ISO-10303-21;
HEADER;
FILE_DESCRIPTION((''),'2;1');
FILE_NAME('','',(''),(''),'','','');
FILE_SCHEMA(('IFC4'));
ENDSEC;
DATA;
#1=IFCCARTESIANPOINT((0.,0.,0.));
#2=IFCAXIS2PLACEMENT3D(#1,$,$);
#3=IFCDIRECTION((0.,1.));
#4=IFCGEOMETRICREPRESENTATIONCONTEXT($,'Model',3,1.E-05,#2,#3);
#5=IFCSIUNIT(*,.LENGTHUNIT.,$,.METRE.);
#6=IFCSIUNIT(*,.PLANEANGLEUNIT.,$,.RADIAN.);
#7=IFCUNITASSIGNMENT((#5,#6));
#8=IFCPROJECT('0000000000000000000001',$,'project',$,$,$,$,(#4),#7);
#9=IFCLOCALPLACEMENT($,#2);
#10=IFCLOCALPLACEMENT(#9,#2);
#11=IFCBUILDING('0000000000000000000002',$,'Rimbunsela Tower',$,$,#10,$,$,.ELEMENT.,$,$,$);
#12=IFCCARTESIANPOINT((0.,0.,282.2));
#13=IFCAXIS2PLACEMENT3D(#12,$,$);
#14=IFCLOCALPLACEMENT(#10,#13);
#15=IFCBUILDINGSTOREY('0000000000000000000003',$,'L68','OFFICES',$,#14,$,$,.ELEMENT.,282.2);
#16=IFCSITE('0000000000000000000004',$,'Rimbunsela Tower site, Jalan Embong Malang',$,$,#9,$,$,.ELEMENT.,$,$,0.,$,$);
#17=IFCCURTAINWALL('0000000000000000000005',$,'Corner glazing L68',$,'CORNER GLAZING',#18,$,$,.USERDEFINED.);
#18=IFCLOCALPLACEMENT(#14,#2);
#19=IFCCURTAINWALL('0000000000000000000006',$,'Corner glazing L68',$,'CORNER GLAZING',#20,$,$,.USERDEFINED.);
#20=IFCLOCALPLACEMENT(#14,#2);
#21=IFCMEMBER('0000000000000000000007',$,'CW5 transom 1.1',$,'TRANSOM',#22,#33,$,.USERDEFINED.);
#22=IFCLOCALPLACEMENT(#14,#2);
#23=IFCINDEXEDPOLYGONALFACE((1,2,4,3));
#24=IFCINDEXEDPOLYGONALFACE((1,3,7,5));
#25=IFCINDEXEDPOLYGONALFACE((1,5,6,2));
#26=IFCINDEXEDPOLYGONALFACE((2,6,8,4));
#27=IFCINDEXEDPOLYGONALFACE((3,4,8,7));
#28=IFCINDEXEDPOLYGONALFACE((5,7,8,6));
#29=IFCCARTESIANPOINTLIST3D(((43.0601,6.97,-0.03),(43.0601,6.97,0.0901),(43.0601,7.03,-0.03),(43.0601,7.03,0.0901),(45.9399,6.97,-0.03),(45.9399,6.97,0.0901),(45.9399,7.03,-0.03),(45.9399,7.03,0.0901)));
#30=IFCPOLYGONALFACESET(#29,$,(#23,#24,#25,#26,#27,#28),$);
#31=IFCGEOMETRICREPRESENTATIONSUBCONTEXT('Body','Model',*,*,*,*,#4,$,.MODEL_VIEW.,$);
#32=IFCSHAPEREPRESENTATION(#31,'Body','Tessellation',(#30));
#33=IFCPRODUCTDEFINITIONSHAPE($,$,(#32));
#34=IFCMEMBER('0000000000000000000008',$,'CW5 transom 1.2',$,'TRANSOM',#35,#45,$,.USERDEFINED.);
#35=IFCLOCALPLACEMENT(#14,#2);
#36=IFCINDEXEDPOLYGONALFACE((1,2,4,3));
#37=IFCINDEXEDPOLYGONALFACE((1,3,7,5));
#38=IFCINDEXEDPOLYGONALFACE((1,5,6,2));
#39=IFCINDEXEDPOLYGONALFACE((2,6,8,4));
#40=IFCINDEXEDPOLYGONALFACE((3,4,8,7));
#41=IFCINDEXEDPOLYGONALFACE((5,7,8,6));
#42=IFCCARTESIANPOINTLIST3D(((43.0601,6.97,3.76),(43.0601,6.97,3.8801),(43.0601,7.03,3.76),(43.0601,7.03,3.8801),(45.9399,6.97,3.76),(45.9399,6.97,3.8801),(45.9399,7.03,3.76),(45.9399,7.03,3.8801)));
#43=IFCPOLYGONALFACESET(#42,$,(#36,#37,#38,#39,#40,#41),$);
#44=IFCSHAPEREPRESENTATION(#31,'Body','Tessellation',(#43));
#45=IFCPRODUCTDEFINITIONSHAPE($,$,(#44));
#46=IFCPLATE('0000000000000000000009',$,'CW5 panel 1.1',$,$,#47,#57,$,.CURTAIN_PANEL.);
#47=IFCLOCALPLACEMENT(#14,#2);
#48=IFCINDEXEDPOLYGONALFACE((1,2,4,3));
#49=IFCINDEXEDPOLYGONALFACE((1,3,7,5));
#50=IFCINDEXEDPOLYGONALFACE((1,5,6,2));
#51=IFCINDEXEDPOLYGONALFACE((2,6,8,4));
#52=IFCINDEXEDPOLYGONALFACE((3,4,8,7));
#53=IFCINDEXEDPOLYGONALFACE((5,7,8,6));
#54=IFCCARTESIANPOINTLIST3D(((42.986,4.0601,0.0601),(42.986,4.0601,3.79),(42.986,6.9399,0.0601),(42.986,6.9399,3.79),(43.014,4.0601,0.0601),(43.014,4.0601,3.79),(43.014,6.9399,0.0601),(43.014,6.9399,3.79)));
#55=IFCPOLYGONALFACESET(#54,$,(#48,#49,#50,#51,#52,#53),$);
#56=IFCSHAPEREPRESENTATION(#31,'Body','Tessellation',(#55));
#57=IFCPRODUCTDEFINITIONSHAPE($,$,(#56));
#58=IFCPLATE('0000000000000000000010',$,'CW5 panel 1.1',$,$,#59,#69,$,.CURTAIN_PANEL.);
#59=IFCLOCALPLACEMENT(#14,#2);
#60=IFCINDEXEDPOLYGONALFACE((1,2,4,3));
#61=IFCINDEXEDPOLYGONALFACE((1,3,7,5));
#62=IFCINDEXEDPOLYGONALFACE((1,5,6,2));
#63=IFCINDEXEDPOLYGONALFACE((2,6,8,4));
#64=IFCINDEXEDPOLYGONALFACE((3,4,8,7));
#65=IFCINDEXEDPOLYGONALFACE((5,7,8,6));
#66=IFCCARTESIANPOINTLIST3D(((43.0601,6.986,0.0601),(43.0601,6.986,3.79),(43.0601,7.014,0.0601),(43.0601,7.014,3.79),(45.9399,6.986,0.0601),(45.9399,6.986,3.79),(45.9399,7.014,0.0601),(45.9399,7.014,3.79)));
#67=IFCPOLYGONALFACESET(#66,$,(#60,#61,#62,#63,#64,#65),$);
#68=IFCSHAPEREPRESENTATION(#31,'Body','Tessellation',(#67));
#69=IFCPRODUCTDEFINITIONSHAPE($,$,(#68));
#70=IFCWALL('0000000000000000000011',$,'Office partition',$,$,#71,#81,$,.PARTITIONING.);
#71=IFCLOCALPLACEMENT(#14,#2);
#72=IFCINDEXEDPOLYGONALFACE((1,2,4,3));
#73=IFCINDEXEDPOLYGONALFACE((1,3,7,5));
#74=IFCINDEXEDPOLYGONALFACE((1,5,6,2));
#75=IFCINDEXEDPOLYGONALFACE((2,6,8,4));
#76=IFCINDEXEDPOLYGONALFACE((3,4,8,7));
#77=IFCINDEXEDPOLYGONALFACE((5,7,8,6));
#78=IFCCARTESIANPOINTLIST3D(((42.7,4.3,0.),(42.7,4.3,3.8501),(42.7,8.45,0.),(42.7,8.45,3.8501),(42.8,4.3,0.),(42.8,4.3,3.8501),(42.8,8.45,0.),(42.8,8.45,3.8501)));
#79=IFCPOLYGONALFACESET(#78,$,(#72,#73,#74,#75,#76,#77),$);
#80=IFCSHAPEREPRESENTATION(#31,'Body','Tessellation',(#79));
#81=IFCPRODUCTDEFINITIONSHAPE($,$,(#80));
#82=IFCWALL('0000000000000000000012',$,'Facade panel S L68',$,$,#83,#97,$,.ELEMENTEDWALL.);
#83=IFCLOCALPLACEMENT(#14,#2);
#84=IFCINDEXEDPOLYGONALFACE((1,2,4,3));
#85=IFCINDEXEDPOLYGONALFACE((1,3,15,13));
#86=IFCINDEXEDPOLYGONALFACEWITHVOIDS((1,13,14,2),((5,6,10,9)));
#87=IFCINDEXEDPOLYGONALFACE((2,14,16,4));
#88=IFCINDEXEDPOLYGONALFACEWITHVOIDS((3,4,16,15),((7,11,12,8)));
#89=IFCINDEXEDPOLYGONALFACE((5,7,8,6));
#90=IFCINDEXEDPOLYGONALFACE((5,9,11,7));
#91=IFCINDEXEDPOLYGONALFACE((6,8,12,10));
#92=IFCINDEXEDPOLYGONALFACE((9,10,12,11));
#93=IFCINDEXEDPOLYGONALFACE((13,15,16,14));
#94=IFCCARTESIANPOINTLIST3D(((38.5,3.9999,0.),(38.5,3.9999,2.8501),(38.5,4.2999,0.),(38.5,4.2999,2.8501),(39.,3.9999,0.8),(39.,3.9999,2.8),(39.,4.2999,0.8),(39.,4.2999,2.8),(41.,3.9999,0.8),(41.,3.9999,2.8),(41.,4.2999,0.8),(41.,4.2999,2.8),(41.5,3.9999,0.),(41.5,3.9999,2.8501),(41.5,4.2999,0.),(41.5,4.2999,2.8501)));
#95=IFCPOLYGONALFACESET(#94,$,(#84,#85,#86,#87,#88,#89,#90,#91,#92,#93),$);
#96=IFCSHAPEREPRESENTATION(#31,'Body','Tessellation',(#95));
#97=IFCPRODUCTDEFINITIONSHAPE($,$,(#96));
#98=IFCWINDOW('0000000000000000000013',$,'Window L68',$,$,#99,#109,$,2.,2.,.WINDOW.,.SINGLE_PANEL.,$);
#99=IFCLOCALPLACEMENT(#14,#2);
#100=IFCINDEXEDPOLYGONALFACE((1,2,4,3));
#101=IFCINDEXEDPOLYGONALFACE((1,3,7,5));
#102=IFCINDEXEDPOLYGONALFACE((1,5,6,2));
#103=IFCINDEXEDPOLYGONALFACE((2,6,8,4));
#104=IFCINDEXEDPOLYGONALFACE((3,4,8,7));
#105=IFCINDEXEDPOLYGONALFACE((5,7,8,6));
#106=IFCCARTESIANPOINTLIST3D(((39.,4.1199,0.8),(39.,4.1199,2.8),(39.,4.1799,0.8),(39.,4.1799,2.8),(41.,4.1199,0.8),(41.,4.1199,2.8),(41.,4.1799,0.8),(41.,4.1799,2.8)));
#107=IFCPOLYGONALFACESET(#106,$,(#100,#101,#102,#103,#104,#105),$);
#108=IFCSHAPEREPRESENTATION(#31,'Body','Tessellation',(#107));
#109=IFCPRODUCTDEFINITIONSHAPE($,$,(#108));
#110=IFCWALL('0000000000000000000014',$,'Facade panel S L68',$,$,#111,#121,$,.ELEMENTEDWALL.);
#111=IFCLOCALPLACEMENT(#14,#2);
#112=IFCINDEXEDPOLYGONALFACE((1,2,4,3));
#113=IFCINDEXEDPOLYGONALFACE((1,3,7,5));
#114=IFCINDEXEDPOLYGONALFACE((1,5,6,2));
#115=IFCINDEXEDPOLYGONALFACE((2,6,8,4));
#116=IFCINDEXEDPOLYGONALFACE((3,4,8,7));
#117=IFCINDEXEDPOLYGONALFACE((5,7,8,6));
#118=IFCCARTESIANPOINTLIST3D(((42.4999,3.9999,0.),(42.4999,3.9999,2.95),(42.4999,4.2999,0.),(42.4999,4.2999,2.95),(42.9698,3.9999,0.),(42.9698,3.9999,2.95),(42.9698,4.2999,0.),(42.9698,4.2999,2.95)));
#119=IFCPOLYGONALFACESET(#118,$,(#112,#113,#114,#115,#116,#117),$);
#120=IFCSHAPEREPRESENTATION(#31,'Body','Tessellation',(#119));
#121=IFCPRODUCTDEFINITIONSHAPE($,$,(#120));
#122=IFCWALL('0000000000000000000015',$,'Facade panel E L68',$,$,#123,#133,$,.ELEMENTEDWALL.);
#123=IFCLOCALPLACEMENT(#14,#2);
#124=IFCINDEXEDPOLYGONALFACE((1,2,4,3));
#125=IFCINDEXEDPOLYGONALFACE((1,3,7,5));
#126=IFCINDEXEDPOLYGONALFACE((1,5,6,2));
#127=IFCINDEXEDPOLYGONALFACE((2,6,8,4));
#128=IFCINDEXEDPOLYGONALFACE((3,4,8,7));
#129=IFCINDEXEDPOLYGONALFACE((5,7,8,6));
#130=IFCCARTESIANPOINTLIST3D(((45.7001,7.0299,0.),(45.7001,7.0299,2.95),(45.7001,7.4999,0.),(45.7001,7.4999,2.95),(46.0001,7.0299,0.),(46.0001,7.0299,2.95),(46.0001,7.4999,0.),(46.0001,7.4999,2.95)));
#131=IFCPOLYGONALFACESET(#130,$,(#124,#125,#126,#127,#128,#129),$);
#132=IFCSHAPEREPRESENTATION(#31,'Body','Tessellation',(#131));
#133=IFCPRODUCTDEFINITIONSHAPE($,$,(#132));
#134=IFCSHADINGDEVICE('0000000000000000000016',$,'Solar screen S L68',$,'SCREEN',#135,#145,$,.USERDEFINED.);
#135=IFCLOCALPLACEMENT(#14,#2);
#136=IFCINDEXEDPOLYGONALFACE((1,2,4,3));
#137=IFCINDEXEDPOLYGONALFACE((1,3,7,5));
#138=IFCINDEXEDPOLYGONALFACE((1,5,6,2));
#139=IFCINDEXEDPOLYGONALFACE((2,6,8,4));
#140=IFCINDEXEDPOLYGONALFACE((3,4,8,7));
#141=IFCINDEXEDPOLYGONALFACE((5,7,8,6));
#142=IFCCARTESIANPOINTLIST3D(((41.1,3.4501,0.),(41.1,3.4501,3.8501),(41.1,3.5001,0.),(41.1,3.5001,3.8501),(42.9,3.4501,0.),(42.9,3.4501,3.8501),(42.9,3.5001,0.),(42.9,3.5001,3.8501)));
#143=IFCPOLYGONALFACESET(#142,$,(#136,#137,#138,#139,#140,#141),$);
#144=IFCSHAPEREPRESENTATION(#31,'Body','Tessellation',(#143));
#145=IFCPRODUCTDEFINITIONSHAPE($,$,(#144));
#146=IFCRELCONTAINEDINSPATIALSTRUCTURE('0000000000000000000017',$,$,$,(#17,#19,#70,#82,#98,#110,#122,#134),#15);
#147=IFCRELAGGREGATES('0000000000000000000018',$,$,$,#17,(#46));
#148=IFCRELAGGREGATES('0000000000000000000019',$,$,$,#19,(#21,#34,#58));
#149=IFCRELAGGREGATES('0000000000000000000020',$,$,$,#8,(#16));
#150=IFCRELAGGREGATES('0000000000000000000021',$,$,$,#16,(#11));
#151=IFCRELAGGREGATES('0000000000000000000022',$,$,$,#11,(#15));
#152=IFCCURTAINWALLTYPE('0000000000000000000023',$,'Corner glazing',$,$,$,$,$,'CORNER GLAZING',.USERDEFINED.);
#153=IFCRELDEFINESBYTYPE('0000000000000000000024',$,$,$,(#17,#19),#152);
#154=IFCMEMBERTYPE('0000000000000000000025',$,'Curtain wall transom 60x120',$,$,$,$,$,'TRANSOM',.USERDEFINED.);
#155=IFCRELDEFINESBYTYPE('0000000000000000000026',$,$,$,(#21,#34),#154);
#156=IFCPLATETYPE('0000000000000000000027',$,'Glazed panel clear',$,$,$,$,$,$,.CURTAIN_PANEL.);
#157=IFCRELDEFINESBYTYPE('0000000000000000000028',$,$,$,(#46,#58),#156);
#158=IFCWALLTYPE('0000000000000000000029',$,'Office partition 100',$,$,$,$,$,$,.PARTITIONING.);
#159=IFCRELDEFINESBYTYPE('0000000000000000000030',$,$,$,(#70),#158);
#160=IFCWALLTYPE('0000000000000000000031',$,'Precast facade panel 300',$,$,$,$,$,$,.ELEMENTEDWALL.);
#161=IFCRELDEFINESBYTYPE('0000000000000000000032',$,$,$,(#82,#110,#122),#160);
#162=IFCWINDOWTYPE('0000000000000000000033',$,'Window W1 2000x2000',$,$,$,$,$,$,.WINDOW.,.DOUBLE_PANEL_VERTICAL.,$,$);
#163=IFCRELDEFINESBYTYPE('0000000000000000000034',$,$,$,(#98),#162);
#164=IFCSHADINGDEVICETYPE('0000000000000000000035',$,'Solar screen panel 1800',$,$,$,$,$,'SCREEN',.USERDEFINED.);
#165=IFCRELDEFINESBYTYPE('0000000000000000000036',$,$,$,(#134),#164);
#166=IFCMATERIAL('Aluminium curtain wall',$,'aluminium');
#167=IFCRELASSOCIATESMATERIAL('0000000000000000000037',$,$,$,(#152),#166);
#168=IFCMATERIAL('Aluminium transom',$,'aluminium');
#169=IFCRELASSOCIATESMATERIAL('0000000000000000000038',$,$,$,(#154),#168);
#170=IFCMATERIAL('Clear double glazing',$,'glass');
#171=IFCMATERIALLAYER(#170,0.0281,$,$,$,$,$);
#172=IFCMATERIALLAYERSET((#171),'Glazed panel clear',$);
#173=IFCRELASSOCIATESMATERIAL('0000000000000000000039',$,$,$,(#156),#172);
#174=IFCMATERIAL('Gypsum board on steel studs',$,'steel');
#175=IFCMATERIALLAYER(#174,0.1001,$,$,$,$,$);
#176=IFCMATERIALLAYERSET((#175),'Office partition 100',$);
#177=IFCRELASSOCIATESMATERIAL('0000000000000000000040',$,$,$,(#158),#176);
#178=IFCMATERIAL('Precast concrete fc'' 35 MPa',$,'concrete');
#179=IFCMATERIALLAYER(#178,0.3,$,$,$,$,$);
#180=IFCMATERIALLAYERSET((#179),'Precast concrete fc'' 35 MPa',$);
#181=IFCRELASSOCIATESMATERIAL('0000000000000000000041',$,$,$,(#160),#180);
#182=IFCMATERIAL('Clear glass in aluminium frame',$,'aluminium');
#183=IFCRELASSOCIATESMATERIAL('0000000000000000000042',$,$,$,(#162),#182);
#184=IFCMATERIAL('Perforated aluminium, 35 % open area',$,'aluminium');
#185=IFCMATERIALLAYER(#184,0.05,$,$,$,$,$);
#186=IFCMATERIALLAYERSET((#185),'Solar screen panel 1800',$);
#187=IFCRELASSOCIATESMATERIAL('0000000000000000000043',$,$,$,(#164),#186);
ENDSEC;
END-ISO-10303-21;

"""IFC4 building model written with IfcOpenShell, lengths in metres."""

from ifc_helpers import new_model, si_unit, direction, frame, frame_2d, origin, origin_2d, place, context, subcontext, project, spatial, rectangle, extrude, material, layer, layer_set, material_profile, profile_set, type_object, element, fill, aggregate, save


model = new_model("IFC4")

# Units and contexts
model_context = context("Model", 3, precision=1e-05, world=origin(), true_north=direction((0.0, 1.0)))
body_context = subcontext(model_context, "Body", "Model", "MODEL_VIEW")
ifc_project = project(units=[si_unit("LENGTHUNIT", "METRE"), si_unit("PLANEANGLEUNIT", "RADIAN")], contexts=[model_context])

# Site, building, storey
site_placement = place(None, origin())
site = spatial("IfcSite", under=ifc_project, at=site_placement, Name="Rimbunsela Tower site, Jalan Embong Malang", CompositionType="ELEMENT", RefElevation=0.0)
building_placement = place(site_placement, origin())
building = spatial("IfcBuilding", under=site, at=building_placement, Name="Rimbunsela Tower", CompositionType="ELEMENT")
storey_placement = place(building_placement, frame((0.0, 0.0, 282.2)))
storey = spatial("IfcBuildingStorey", under=building, at=storey_placement, Name="L68", Description="OFFICES", CompositionType="ELEMENT", Elevation=282.2)

# Curtain walls
ifc_material_1 = material(Name="Aluminium curtain wall", Category="aluminium")
curtain_wall_type = type_object("IfcCurtainWallType", Name="Corner glazing", ElementType="CORNER GLAZING", PredefinedType="USERDEFINED", material=ifc_material_1)
curtain_wall_1_placement = place(storey_placement, origin())
curtain_wall_1 = element("IfcCurtainWall", 1, at=curtain_wall_1_placement, inside=storey, type_object=curtain_wall_type, Name="Corner glazing L68", ObjectType="CORNER GLAZING", PredefinedType="USERDEFINED")
curtain_wall_2_placement = place(storey_placement, origin())
curtain_wall_2 = element("IfcCurtainWall", 2, at=curtain_wall_2_placement, inside=storey, type_object=curtain_wall_type, Name="Corner glazing L68", ObjectType="CORNER GLAZING", PredefinedType="USERDEFINED")

# Members
ifc_material_2 = material(Name="Aluminium transom", Category="aluminium")
ifc_material_profile_1 = material_profile(ifc_material_2, rectangle(XDim=0.0601, YDim=0.1201, at=origin_2d()), Name="Transom 60x120")
ifc_profile_set_1 = profile_set([ifc_material_profile_1], Name="Aluminium transom")
member_type_1 = type_object("IfcMemberType", Name="Curtain wall transom 60x120", ElementType="TRANSOM", PredefinedType="USERDEFINED", material=ifc_profile_set_1)
member_1_placement = place(storey_placement, frame((43.0601, 7.0, 0.03), z_axis=(1.0, 0.0, 0.0), x_axis=(0.0, 1.0, 0.0)))
member_1 = element("IfcMember", 3, at=member_1_placement, type_object=member_type_1, Name="CW5 transom 1.1", ObjectType="TRANSOM", PredefinedType="USERDEFINED", context=body_context, shape_type="SweptSolid", body=[
    extrude(rectangle(XDim=0.0601, YDim=0.1201, at=origin_2d()), origin(), (0.0, 0.0, 1.0), 2.8799),
])
member_2_placement = place(storey_placement, frame((43.0601, 7.0, 3.8201), z_axis=(1.0, 0.0, 0.0), x_axis=(0.0, 1.0, 0.0)))
member_2 = element("IfcMember", 4, at=member_2_placement, type_object=member_type_1, Name="CW5 transom 1.2", ObjectType="TRANSOM", PredefinedType="USERDEFINED", context=body_context, shape_type="SweptSolid", body=[
    extrude(rectangle(XDim=0.0601, YDim=0.1201, at=origin_2d()), origin(), (0.0, 0.0, 1.0), 2.8799),
])

# Plates
ifc_material_3 = material(Name="Clear double glazing", Category="glass")
ifc_layer_1 = layer(ifc_material_3, 0.0281)
ifc_layer_set_1 = layer_set([ifc_layer_1], Name="Glazed panel clear")
plate_type = type_object("IfcPlateType", Name="Glazed panel clear", PredefinedType="CURTAIN_PANEL", material=ifc_layer_set_1)
plate_1_placement = place(storey_placement, frame((43.0, 5.5, 0.0601), z_axis=(0.0, 0.0, 1.0), x_axis=(0.0, 1.0, 0.0)))
plate_1 = element("IfcPlate", 5, at=plate_1_placement, type_object=plate_type, Name="CW5 panel 1.1", PredefinedType="CURTAIN_PANEL", context=body_context, shape_type="SweptSolid", body=[
    extrude(rectangle(XDim=2.8799, YDim=0.0281, at=origin_2d()), origin(), (0.0, 0.0, 1.0), 3.73),
])
aggregate(curtain_wall_1, [plate_1])
plate_2_placement = place(storey_placement, frame((44.5, 7.0, 0.0601), z_axis=(0.0, 0.0, 1.0), x_axis=(1.0, 0.0, 0.0)))
plate_2 = element("IfcPlate", 6, at=plate_2_placement, type_object=plate_type, Name="CW5 panel 1.1", PredefinedType="CURTAIN_PANEL", context=body_context, shape_type="SweptSolid", body=[
    extrude(rectangle(XDim=2.8799, YDim=0.0281, at=origin_2d()), origin(), (0.0, 0.0, 1.0), 3.73),
])
aggregate(curtain_wall_2, [member_1, member_2, plate_2])

# Wall
ifc_material_4 = material(Name="Gypsum board on steel studs", Category="steel")
ifc_layer_2 = layer(ifc_material_4, 0.1001)
ifc_layer_set_2 = layer_set([ifc_layer_2], Name="Office partition 100")
wall_type_1 = type_object("IfcWallType", Name="Office partition 100", PredefinedType="PARTITIONING", material=ifc_layer_set_2)
wall_1_placement = place(storey_placement, frame((42.75, 4.3, 0.0), z_axis=(0.0, 0.0, 1.0), x_axis=(0.0, 1.0, 0.0)))
element("IfcWall", 7, at=wall_1_placement, inside=storey, type_object=wall_type_1, Name="Office partition", PredefinedType="PARTITIONING", context=body_context, shape_type="SweptSolid", body=[
    extrude(rectangle(XDim=4.1499, YDim=0.1001, at=frame_2d((2.075, 0.0))), origin(), (0.0, 0.0, 1.0), 3.8501),
])

# Wall, opening, window
ifc_material_5 = material(Name="Precast concrete fc' 35 MPa", Category="concrete")
ifc_layer_3 = layer(ifc_material_5, 0.3)
ifc_layer_set_3 = layer_set([ifc_layer_3], Name="Precast concrete fc' 35 MPa")
wall_type_2 = type_object("IfcWallType", Name="Precast facade panel 300", PredefinedType="ELEMENTEDWALL", material=ifc_layer_set_3)
wall_2_placement = place(storey_placement, frame((38.5, 4.1499, 0.0), z_axis=(0.0, 0.0, 1.0), x_axis=(1.0, 0.0, 0.0)))
wall_2 = element("IfcWall", 8, at=wall_2_placement, inside=storey, type_object=wall_type_2, Name="Facade panel S L68", PredefinedType="ELEMENTEDWALL", context=body_context, shape_type="SweptSolid", body=[
    extrude(rectangle(XDim=3.0, YDim=0.3, at=frame_2d((1.5, 0.0))), origin(), (0.0, 0.0, 1.0), 2.8501),
])
opening_placement = place(wall_2_placement, frame((0.5, 0.0, 0.8)))
opening = element("IfcOpeningElement", 9, at=opening_placement, cuts=wall_2, PredefinedType="OPENING", context=body_context, shape_type="SweptSolid", body=[
    extrude(rectangle(XDim=2.0, YDim=2.0, at=frame_2d((1.0, 1.0))), frame((0.0, 0.1599, 0.0), z_axis=(0.0, -1.0, 0.0), x_axis=(1.0, 0.0, 0.0)), (0.0, 0.0, 1.0), 0.3201),
])
ifc_material_6 = material(Name="Clear glass in aluminium frame", Category="aluminium")
window_type = type_object("IfcWindowType", Name="Window W1 2000x2000", PartitioningType="DOUBLE_PANEL_VERTICAL", PredefinedType="WINDOW", material=ifc_material_6)
window_placement = place(opening_placement, origin())
window = element("IfcWindow", 10, at=window_placement, inside=storey, type_object=window_type, Name="Window L68", OverallHeight=2.0, OverallWidth=2.0, PartitioningType="SINGLE_PANEL", PredefinedType="WINDOW", context=body_context, shape_type="SweptSolid", body=[
    extrude(rectangle(XDim=2.0, YDim=2.0, at=frame_2d((1.0, 1.0))), frame((0.0, 0.03, 0.0), z_axis=(0.0, -1.0, 0.0), x_axis=(1.0, 0.0, 0.0)), (0.0, 0.0, 1.0), 0.0601),
])
fill(opening, window)

# Walls
for number, where, z_axis, x_axis, name in (
    (11, (42.5, 4.1499, 0.0), (0.0, 0.0, 1.0), (1.0, 0.0, 0.0), "Facade panel S L68"),
    (12, (45.8501, 7.03, 0.0), (0.0, 0.0, 1.0), (0.0, 1.0, 0.0), "Facade panel E L68"),
):
    element("IfcWall", number, at=place(storey_placement, frame(where, z_axis=z_axis, x_axis=x_axis)), inside=storey, type_object=wall_type_2, Name=name, PredefinedType="ELEMENTEDWALL", context=body_context, shape_type="SweptSolid", body=[
        extrude(rectangle(XDim=0.47, YDim=0.3, at=frame_2d((0.2349, 0.0))), origin(), (0.0, 0.0, 1.0), 2.95),
    ])

# Shading device
ifc_material_7 = material(Name="Perforated aluminium, 35 % open area", Category="aluminium")
ifc_layer_4 = layer(ifc_material_7, 0.05)
ifc_layer_set_4 = layer_set([ifc_layer_4], Name="Solar screen panel 1800")
shading_device_type = type_object("IfcShadingDeviceType", Name="Solar screen panel 1800", ElementType="SCREEN", PredefinedType="USERDEFINED", material=ifc_layer_set_4)
shading_device_placement = place(storey_placement, frame((42.0, 3.4751, 0.0), z_axis=(0.0, 0.0, 1.0), x_axis=(1.0, 0.0, 0.0)))
element("IfcShadingDevice", 13, at=shading_device_placement, inside=storey, type_object=shading_device_type, Name="Solar screen S L68", ObjectType="SCREEN", PredefinedType="USERDEFINED", context=body_context, shape_type="SweptSolid", body=[
    extrude(rectangle(XDim=1.8, YDim=0.05, at=origin_2d()), origin(), (0.0, 0.0, 1.0), 3.8501),
])

save(model, "model.ifc")
